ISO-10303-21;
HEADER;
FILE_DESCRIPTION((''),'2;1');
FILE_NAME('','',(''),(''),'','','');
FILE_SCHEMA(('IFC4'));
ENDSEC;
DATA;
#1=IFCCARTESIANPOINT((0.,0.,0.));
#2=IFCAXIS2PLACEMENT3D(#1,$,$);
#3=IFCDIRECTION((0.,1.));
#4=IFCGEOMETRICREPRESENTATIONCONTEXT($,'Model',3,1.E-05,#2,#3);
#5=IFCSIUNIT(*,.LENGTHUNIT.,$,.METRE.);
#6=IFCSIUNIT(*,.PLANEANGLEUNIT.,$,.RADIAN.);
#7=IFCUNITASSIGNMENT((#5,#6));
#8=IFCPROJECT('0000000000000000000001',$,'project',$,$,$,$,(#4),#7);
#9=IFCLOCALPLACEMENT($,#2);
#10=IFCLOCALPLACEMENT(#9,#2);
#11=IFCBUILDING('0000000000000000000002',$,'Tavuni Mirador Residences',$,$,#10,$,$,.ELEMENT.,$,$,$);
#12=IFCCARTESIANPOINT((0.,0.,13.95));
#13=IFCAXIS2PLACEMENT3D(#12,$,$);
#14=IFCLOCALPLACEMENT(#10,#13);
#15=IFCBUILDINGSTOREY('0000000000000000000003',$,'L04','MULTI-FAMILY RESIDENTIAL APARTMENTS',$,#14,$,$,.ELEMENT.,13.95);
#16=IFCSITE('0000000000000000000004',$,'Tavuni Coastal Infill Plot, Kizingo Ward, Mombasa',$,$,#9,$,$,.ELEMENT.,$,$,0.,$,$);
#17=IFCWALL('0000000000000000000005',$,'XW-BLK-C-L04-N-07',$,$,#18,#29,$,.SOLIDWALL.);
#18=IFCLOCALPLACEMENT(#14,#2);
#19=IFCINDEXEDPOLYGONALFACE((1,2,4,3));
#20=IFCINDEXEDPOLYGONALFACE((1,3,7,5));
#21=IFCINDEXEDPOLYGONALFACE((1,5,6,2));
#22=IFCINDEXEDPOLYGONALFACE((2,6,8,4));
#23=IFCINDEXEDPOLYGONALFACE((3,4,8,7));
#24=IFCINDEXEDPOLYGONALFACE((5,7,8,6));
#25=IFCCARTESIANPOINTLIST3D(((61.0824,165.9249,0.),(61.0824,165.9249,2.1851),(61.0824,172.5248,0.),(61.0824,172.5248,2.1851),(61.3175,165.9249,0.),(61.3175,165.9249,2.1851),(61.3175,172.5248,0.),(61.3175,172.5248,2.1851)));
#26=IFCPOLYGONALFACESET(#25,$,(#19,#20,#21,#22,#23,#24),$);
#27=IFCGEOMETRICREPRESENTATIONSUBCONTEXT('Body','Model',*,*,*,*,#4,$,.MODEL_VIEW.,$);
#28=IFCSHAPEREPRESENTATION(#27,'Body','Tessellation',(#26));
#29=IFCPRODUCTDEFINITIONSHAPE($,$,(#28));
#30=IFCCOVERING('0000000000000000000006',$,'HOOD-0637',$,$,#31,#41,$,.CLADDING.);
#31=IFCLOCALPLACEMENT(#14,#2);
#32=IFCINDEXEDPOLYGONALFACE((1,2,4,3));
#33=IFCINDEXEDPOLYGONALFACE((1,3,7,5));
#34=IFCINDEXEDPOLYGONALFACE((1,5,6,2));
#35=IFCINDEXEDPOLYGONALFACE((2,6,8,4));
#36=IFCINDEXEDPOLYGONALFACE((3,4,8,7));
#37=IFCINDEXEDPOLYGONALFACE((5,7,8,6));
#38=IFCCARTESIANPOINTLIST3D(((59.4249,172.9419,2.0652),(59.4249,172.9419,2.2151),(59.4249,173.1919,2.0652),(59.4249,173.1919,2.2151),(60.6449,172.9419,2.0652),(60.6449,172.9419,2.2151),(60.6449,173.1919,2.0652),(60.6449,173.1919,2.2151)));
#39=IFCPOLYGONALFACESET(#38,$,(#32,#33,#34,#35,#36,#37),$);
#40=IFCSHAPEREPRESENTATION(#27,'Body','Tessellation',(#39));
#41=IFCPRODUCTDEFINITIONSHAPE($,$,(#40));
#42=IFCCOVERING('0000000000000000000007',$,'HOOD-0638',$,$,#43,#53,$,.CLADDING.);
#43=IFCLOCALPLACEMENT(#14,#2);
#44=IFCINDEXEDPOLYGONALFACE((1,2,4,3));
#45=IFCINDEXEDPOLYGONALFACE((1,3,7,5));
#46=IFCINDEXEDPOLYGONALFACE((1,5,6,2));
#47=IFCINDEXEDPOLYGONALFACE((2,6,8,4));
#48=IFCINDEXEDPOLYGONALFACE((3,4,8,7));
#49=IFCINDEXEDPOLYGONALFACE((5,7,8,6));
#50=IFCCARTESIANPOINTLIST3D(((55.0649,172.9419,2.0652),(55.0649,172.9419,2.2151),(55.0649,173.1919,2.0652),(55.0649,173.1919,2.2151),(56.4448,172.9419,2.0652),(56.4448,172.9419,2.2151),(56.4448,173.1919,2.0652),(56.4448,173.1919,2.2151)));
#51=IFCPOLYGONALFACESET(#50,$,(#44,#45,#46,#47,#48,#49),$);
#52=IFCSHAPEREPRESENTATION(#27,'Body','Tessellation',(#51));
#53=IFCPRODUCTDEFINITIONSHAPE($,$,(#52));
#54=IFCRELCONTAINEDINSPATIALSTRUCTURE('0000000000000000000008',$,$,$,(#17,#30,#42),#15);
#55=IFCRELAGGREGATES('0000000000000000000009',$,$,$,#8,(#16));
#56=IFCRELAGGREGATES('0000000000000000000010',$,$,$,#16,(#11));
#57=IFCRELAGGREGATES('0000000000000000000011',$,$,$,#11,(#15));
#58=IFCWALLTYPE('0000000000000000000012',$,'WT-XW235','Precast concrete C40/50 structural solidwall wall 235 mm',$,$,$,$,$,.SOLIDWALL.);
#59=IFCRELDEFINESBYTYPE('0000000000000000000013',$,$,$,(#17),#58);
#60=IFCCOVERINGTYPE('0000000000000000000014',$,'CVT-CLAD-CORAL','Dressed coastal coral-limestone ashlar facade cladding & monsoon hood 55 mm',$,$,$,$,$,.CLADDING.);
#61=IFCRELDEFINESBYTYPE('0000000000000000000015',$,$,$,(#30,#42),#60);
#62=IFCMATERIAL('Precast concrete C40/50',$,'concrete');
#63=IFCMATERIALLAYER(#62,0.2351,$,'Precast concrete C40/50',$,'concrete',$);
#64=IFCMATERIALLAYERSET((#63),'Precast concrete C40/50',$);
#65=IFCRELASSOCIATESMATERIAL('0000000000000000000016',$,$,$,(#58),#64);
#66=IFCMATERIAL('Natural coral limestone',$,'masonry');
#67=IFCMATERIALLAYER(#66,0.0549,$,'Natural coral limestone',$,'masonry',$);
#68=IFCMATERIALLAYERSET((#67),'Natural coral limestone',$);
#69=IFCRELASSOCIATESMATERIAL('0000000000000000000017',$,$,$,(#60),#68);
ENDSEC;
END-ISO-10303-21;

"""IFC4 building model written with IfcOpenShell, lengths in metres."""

from ifc_helpers import new_model, si_unit, direction, frame, frame_2d, origin, origin_2d, place, context, subcontext, project, spatial, rectangle, extrude, material, layer, layer_set, type_object, element, save


model = new_model("IFC4")

# Units and contexts
model_context = context("Model", 3, precision=1e-05, world=origin(), true_north=direction((0.0, 1.0)))
body_context = subcontext(model_context, "Body", "Model", "MODEL_VIEW")
ifc_project = project(units=[si_unit("LENGTHUNIT", "METRE"), si_unit("PLANEANGLEUNIT", "RADIAN")], contexts=[model_context])

# Site, building, storey
site_placement = place(None, origin())
site = spatial("IfcSite", under=ifc_project, at=site_placement, Name="Tavuni Coastal Infill Plot, Kizingo Ward, Mombasa", CompositionType="ELEMENT", RefElevation=0.0)
building_placement = place(site_placement, origin())
building = spatial("IfcBuilding", under=site, at=building_placement, Name="Tavuni Mirador Residences", CompositionType="ELEMENT")
storey_placement = place(building_placement, frame((0.0, 0.0, 13.95)))
storey = spatial("IfcBuildingStorey", under=building, at=storey_placement, Name="L04", Description="MULTI-FAMILY RESIDENTIAL APARTMENTS", CompositionType="ELEMENT", Elevation=13.95)

# Shared definitions
ifc_material_1 = material(Name="Precast concrete C40/50", Category="concrete")

# Wall
ifc_layer_1 = layer(ifc_material_1, 0.2351, Name="Precast concrete C40/50", Category="concrete")
ifc_layer_set_1 = layer_set([ifc_layer_1], Name="Precast concrete C40/50")
wall_type_1 = type_object("IfcWallType", Name="WT-XW235", Description="Precast concrete C40/50 structural solidwall wall 235 mm", PredefinedType="SOLIDWALL", material=ifc_layer_set_1)
for number, where, z_axis, x_axis, name in (
    (1, (61.2, 165.925, 0.0), (0.0, 0.0, 1.0), (0.0, 1.0, 0.0), "XW-BLK-C-L04-N-07"),
):
    element("IfcWall", number, at=place(storey_placement, frame(where, z_axis=z_axis, x_axis=x_axis)), inside=storey, type_object=wall_type_1, Name=name, PredefinedType="SOLIDWALL", context=body_context, shape_type="SweptSolid", body=[
        extrude(rectangle(XDim=6.5999, YDim=0.2351, at=frame_2d((3.2998, 0.0))), origin(), (0.0, 0.0, 1.0), 2.1851),
    ])

# Coverings
ifc_material_2 = material(Name="Natural coral limestone", Category="masonry")
ifc_layer_2 = layer(ifc_material_2, 0.0549, Name="Natural coral limestone", Category="masonry")
ifc_layer_set_2 = layer_set([ifc_layer_2], Name="Natural coral limestone")
covering_type = type_object("IfcCoveringType", Name="CVT-CLAD-CORAL", Description="Dressed coastal coral-limestone ashlar facade cladding & monsoon hood 55 mm", PredefinedType="CLADDING", material=ifc_layer_set_2)
covering_1_placement = place(storey_placement, frame((60.0349, 173.0669, 2.0652), z_axis=(0.0, 0.0, 1.0), x_axis=(-1.0, 0.0, 0.0)))
element("IfcCovering", 2, at=covering_1_placement, inside=storey, type_object=covering_type, Name="HOOD-0637", PredefinedType="CLADDING", context=body_context, shape_type="SweptSolid", body=[
    extrude(rectangle(XDim=1.22, YDim=0.25, at=origin_2d()), origin(), (0.0, 0.0, 1.0), 0.1499),
])
covering_2_placement = place(storey_placement, frame((55.7549, 173.0669, 2.0652), z_axis=(0.0, 0.0, 1.0), x_axis=(-1.0, 0.0, 0.0)))
element("IfcCovering", 3, at=covering_2_placement, inside=storey, type_object=covering_type, Name="HOOD-0638", PredefinedType="CLADDING", context=body_context, shape_type="SweptSolid", body=[
    extrude(rectangle(XDim=1.3799, YDim=0.25, at=origin_2d()), origin(), (0.0, 0.0, 1.0), 0.1499),
])

save(model, "model.ifc")
